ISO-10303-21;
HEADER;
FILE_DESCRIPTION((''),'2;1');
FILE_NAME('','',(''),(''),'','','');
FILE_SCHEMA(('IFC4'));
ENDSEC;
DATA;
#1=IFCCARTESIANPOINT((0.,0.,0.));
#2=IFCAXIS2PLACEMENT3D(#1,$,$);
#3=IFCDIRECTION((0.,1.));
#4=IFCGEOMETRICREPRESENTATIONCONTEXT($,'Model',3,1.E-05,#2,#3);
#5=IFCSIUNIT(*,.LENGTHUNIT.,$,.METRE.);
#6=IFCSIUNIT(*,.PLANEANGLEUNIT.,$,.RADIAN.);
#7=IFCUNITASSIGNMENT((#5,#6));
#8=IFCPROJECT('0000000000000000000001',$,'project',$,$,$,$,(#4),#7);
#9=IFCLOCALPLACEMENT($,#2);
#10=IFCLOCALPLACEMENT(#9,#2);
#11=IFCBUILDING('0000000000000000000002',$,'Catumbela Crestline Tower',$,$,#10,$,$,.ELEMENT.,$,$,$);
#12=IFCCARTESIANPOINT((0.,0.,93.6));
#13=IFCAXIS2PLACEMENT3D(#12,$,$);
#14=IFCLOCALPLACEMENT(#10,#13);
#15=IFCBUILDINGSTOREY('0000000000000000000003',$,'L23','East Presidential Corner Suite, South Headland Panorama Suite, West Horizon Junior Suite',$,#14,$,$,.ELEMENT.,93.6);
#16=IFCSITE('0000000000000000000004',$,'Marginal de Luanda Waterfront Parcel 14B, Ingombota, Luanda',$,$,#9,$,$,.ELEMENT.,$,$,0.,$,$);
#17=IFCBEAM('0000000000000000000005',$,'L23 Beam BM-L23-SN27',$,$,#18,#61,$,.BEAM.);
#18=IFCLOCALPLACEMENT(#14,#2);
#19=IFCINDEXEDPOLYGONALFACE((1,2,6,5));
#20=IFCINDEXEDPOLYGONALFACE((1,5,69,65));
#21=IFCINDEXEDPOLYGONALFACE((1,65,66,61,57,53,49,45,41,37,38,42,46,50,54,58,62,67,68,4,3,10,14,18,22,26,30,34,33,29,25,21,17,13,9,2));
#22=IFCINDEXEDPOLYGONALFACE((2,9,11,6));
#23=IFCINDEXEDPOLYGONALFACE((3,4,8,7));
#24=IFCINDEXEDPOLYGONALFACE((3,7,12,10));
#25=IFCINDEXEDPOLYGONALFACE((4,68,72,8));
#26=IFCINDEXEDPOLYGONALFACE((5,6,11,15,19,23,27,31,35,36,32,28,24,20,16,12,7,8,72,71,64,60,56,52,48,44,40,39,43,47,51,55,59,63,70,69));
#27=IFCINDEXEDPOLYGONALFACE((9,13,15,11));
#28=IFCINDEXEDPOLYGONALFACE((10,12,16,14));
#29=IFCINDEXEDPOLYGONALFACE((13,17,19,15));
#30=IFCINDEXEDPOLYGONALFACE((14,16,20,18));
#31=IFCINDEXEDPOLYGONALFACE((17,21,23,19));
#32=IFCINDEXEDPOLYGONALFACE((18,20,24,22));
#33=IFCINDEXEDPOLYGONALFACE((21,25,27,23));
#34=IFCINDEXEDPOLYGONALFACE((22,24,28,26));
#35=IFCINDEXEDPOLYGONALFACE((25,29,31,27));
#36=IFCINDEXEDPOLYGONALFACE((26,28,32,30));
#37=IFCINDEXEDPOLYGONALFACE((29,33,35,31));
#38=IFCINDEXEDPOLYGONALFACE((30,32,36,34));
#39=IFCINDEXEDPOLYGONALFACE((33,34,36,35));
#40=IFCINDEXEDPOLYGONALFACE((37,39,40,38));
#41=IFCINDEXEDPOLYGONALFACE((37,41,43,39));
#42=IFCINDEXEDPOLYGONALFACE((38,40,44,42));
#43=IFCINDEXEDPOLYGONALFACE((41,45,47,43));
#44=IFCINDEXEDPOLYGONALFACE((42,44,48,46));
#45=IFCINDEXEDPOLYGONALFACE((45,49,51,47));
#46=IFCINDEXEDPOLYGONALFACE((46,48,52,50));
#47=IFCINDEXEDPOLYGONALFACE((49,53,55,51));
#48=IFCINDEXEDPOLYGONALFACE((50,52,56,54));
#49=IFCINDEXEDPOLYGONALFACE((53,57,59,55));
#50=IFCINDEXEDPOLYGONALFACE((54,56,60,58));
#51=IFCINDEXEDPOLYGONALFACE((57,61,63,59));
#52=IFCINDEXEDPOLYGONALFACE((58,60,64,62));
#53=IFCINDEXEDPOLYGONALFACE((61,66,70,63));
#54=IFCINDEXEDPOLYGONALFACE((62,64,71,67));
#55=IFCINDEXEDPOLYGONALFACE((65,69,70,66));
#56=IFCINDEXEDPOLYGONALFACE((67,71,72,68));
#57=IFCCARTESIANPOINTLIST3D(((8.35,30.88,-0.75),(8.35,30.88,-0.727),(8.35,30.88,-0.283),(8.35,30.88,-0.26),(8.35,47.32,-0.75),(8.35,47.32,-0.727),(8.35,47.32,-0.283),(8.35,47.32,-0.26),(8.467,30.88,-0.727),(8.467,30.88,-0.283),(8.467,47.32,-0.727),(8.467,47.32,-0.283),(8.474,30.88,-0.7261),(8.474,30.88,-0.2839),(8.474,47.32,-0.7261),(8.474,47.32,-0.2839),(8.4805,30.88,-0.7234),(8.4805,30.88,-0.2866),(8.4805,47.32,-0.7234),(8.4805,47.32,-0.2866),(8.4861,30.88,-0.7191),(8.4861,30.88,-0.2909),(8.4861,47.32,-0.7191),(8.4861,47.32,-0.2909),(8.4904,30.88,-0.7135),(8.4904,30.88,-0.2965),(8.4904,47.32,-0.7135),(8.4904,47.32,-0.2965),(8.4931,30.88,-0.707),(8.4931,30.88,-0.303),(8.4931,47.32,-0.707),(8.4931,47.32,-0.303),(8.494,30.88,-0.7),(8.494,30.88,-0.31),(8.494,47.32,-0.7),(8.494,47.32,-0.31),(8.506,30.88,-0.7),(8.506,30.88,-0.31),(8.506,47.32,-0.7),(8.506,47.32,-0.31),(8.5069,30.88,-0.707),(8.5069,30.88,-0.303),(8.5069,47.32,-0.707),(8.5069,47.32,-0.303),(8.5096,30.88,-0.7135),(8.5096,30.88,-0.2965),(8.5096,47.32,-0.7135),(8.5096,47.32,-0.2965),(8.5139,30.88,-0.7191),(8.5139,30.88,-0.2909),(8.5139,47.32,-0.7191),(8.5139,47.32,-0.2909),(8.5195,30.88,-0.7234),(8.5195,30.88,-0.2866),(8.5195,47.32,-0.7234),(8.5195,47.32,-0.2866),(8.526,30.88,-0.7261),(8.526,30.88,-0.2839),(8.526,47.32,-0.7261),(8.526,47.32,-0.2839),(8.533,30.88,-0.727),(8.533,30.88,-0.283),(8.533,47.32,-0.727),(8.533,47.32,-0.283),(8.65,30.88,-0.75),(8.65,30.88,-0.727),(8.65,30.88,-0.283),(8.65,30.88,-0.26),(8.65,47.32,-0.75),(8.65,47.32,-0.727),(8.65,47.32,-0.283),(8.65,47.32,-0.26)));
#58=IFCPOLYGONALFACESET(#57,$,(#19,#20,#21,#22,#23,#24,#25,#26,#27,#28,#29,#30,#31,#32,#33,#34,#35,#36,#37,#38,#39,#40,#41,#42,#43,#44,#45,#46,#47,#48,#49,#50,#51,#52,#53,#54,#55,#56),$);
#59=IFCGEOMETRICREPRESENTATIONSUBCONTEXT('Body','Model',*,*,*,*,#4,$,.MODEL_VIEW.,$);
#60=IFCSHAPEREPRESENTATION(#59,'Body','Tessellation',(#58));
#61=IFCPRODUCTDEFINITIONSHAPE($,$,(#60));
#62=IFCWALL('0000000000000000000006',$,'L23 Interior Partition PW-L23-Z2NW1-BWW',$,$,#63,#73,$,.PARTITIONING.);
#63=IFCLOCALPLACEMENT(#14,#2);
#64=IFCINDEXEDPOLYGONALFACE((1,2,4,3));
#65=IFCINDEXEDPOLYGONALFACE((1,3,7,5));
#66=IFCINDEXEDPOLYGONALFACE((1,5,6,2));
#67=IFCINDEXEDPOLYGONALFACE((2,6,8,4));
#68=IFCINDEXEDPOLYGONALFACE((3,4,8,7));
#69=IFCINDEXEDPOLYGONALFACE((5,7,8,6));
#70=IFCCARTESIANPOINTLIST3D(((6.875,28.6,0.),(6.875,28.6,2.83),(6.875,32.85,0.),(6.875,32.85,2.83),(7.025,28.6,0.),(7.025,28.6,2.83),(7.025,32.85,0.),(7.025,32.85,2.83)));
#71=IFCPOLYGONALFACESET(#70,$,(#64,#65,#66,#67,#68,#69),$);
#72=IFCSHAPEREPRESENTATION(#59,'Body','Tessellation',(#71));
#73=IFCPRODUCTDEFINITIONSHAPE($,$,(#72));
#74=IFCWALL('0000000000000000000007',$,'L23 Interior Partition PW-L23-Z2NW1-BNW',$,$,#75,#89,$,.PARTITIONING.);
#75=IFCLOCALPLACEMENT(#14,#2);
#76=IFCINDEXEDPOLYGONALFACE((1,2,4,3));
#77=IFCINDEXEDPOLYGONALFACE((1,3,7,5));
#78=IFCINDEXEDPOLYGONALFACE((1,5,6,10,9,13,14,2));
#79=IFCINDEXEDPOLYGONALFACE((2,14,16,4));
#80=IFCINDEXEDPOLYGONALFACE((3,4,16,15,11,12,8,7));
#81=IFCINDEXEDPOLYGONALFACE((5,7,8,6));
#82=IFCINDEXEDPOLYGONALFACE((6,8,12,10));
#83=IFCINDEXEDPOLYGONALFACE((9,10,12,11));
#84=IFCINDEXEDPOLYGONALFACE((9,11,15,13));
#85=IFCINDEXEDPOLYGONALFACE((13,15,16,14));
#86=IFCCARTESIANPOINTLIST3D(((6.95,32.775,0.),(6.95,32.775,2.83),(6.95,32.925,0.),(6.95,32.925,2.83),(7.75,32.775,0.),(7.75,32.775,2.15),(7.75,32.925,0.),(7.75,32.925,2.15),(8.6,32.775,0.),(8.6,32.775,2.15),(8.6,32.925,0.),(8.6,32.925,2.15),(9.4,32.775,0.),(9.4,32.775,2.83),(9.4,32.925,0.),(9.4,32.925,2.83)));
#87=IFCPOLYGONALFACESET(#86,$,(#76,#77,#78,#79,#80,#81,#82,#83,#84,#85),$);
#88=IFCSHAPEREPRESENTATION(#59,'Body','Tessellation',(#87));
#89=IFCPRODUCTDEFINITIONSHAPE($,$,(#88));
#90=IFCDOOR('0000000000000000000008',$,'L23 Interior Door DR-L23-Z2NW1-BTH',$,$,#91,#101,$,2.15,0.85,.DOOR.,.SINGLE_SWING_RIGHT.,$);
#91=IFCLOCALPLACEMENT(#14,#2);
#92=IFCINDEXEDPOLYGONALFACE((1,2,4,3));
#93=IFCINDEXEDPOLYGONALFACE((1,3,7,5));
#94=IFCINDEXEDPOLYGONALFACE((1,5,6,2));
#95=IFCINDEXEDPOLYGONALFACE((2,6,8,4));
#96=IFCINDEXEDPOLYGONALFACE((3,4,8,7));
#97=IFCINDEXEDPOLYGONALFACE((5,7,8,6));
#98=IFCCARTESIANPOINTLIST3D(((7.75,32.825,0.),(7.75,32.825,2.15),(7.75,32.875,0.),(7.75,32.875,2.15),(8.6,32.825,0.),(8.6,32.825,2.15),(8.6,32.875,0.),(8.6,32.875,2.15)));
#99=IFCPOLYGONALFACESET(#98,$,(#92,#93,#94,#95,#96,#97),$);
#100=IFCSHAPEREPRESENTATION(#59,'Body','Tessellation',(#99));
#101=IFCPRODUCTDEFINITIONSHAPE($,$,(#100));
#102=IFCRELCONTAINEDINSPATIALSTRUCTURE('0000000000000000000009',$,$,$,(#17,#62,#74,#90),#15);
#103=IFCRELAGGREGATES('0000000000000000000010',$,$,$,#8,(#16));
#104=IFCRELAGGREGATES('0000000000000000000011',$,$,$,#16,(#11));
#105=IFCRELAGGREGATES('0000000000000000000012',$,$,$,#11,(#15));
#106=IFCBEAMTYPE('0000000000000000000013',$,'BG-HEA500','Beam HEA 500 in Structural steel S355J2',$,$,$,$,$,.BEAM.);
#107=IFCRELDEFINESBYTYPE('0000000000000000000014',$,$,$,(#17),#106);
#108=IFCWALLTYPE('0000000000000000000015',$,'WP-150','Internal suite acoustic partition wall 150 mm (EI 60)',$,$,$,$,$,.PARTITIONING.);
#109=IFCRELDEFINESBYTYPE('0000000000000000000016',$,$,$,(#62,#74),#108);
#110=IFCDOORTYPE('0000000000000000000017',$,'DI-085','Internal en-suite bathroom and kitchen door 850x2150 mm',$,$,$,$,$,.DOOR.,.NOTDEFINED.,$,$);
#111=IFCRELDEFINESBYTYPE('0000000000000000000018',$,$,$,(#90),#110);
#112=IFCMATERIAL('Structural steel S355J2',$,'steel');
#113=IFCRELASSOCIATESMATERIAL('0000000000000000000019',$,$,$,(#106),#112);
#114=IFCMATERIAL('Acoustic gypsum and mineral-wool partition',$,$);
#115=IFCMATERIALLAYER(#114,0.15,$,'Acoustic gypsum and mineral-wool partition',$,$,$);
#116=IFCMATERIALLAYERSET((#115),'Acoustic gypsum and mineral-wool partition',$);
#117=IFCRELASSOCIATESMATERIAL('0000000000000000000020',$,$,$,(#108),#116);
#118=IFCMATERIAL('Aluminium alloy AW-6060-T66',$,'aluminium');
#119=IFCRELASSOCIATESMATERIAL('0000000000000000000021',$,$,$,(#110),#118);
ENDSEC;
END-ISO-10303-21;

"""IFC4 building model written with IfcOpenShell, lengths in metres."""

from ifc_helpers import new_model, si_unit, direction, frame, frame_2d, origin, origin_2d, place, context, subcontext, project, spatial, rectangle, i_section, extrude, material, layer, layer_set, material_profile, profile_set, type_object, element, fill, save


model = new_model("IFC4")

# Units and contexts
model_context = context("Model", 3, precision=1e-05, world=origin(), true_north=direction((0.0, 1.0)))
body_context = subcontext(model_context, "Body", "Model", "MODEL_VIEW")
ifc_project = project(units=[si_unit("LENGTHUNIT", "METRE"), si_unit("PLANEANGLEUNIT", "RADIAN")], contexts=[model_context])

# Site, building, storey
site_placement = place(None, origin())
site = spatial("IfcSite", under=ifc_project, at=site_placement, Name="Marginal de Luanda Waterfront Parcel 14B, Ingombota, Luanda", CompositionType="ELEMENT", RefElevation=0.0)
building_placement = place(site_placement, origin())
building = spatial("IfcBuilding", under=site, at=building_placement, Name="Catumbela Crestline Tower", CompositionType="ELEMENT")
storey_placement = place(building_placement, frame((0.0, 0.0, 93.6)))
storey = spatial("IfcBuildingStorey", under=building, at=storey_placement, Name="L23", Description="East Presidential Corner Suite, South Headland Panorama Suite, West Horizon Junior Suite", CompositionType="ELEMENT", Elevation=93.6)

# Beam
ifc_material_1 = material(Name="Structural steel S355J2", Category="steel")
ifc_material_profile_1 = material_profile(ifc_material_1, i_section(OverallWidth=0.3, OverallDepth=0.49, WebThickness=0.012, FlangeThickness=0.023, FilletRadius=0.027, at=origin_2d()), Name="HEA 500")
ifc_profile_set_1 = profile_set([ifc_material_profile_1], Name="Structural steel S355J2")
beam_type = type_object("IfcBeamType", Name="BG-HEA500", Description="Beam HEA 500 in Structural steel S355J2", PredefinedType="BEAM", material=ifc_profile_set_1)
beam_1_placement = place(storey_placement, frame((8.5, 30.88, -0.505), z_axis=(0.0, 1.0, 0.0), x_axis=(-1.0, 0.0, 0.0)))
element("IfcBeam", 1, at=beam_1_placement, inside=storey, type_object=beam_type, Name="L23 Beam BM-L23-SN27", PredefinedType="BEAM", context=body_context, shape_type="SweptSolid", body=[
    extrude(i_section(OverallWidth=0.3, OverallDepth=0.49, WebThickness=0.012, FlangeThickness=0.023, FilletRadius=0.027, at=origin_2d()), origin(), (0.0, 0.0, 1.0), 16.44),
])

# Wall
ifc_material_2 = material(Name="Acoustic gypsum and mineral-wool partition")
ifc_layer = layer(ifc_material_2, 0.15, Name="Acoustic gypsum and mineral-wool partition")
ifc_layer_set = layer_set([ifc_layer], Name="Acoustic gypsum and mineral-wool partition")
wall_type = type_object("IfcWallType", Name="WP-150", Description="Internal suite acoustic partition wall 150 mm (EI 60)", PredefinedType="PARTITIONING", material=ifc_layer_set)
wall_1_placement = place(storey_placement, frame((6.95, 28.6, 0.0), z_axis=(0.0, 0.0, 1.0), x_axis=(0.0, 1.0, 0.0)))
element("IfcWall", 2, at=wall_1_placement, inside=storey, type_object=wall_type, Name="L23 Interior Partition PW-L23-Z2NW1-BWW", PredefinedType="PARTITIONING", context=body_context, shape_type="SweptSolid", body=[
    extrude(rectangle(XDim=4.25, YDim=0.15, at=frame_2d((2.125, 0.0))), origin(), (0.0, 0.0, 1.0), 2.83),
])

# Wall, opening, door
wall_2_placement = place(storey_placement, frame((6.95, 32.85, 0.0), z_axis=(0.0, 0.0, 1.0), x_axis=(1.0, 0.0, 0.0)))
wall_2 = element("IfcWall", 3, at=wall_2_placement, inside=storey, type_object=wall_type, Name="L23 Interior Partition PW-L23-Z2NW1-BNW", PredefinedType="PARTITIONING", context=body_context, shape_type="SweptSolid", body=[
    extrude(rectangle(XDim=2.45, YDim=0.15, at=frame_2d((1.225, 0.0))), origin(), (0.0, 0.0, 1.0), 2.83),
])
opening_placement = place(wall_2_placement, frame((0.8, 0.0, 0.0)))
opening = element("IfcOpeningElement", 4, at=opening_placement, cuts=wall_2, PredefinedType="OPENING", context=body_context, shape_type="SweptSolid", body=[
    extrude(rectangle(XDim=0.85, YDim=2.15, at=frame_2d((0.425, 1.075))), frame((0.0, 0.085, 0.0), z_axis=(0.0, -1.0, 0.0), x_axis=(1.0, 0.0, 0.0)), (0.0, 0.0, 1.0), 0.17),
])
ifc_material_3 = material(Name="Aluminium alloy AW-6060-T66", Category="aluminium")
door_type = type_object("IfcDoorType", Name="DI-085", Description="Internal en-suite bathroom and kitchen door 850x2150 mm", OperationType="NOTDEFINED", PredefinedType="DOOR", material=ifc_material_3)
door_placement = place(opening_placement, origin())
door = element("IfcDoor", 5, at=door_placement, inside=storey, type_object=door_type, Name="L23 Interior Door DR-L23-Z2NW1-BTH", OperationType="SINGLE_SWING_RIGHT", OverallHeight=2.15, OverallWidth=0.85, PredefinedType="DOOR", context=body_context, shape_type="SweptSolid", body=[
    extrude(rectangle(XDim=0.85, YDim=2.15, at=frame_2d((0.425, 1.075))), frame((0.0, 0.025, 0.0), z_axis=(0.0, -1.0, 0.0), x_axis=(1.0, 0.0, 0.0)), (0.0, 0.0, 1.0), 0.05),
])
fill(opening, door)

save(model, "model.ifc")
